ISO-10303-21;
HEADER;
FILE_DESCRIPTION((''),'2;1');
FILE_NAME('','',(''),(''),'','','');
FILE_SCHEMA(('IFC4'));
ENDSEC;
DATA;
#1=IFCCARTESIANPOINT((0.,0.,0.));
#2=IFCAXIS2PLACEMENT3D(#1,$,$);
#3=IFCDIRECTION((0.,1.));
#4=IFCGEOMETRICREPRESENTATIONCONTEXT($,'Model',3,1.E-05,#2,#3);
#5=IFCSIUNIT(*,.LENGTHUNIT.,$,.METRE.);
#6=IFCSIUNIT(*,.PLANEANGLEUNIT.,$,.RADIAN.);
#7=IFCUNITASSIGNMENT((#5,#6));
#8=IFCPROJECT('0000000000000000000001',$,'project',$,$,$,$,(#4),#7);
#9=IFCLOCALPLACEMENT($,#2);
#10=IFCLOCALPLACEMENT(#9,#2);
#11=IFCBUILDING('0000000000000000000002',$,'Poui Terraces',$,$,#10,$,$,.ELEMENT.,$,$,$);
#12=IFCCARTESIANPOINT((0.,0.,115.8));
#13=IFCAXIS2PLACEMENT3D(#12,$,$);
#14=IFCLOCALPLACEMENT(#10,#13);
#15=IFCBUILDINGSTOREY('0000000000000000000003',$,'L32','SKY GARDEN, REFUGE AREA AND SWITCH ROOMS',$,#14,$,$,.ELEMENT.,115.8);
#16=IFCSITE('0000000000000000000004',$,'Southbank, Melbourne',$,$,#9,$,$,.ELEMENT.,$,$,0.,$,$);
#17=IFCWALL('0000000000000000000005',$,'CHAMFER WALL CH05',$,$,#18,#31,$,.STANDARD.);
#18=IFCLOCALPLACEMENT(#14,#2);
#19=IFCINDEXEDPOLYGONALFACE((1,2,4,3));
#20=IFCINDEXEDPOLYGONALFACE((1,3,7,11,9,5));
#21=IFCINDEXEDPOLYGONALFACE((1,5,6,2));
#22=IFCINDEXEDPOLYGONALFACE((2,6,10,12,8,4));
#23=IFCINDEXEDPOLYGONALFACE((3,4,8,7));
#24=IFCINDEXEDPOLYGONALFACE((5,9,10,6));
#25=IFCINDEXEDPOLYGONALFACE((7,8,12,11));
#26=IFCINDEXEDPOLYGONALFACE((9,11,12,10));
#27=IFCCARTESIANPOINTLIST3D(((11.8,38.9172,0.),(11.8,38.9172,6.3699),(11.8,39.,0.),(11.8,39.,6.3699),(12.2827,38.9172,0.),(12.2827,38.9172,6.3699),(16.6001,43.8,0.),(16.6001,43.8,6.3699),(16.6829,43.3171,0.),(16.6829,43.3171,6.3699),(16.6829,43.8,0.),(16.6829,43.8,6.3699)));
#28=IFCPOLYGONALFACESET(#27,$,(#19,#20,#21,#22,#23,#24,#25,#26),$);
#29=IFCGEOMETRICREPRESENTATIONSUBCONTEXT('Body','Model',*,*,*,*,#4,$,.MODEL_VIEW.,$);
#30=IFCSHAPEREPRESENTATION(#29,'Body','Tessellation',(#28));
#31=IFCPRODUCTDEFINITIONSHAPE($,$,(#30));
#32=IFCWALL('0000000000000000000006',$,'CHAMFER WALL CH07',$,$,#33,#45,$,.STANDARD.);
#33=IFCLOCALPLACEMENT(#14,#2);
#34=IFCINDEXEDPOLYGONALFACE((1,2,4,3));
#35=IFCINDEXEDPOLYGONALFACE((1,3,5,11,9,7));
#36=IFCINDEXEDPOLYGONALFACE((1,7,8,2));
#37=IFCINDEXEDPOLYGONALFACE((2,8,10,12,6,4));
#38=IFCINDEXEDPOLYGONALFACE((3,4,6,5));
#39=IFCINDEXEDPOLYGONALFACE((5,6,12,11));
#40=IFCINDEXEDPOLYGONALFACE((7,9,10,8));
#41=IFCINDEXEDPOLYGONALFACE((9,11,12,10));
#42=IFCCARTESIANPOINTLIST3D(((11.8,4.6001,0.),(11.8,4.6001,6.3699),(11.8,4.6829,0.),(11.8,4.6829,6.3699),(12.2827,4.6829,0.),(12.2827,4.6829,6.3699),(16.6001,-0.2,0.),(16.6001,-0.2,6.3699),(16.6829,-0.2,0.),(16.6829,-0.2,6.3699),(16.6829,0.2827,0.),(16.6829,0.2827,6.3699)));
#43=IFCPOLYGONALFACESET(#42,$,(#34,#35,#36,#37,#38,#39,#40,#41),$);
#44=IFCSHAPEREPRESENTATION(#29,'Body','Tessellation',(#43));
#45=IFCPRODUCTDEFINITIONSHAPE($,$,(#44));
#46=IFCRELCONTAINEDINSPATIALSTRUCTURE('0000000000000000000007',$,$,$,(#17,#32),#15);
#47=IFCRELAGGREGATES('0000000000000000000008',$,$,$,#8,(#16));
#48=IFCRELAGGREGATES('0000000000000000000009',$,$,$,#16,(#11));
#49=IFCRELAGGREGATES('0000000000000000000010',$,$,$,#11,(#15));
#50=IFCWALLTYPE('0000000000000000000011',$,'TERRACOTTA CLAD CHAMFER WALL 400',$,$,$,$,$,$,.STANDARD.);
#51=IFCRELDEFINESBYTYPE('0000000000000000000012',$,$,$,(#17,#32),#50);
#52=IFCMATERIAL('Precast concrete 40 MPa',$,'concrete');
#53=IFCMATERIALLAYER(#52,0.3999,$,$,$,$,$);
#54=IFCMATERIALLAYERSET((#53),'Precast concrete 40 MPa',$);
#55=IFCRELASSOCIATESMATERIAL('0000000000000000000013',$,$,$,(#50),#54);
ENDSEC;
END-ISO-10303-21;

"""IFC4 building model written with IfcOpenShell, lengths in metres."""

from ifc_helpers import new_model, si_unit, direction, frame, origin, place, context, subcontext, project, spatial, polyline, outline, extrude, material, layer, layer_set, type_object, element, save


model = new_model("IFC4")

# Units and contexts
model_context = context("Model", 3, precision=1e-05, world=origin(), true_north=direction((0.0, 1.0)))
body_context = subcontext(model_context, "Body", "Model", "MODEL_VIEW")
ifc_project = project(units=[si_unit("LENGTHUNIT", "METRE"), si_unit("PLANEANGLEUNIT", "RADIAN")], contexts=[model_context])

# Site, building, storey
site_placement = place(None, origin())
site = spatial("IfcSite", under=ifc_project, at=site_placement, Name="Southbank, Melbourne", CompositionType="ELEMENT", RefElevation=0.0)
building_placement = place(site_placement, origin())
building = spatial("IfcBuilding", under=site, at=building_placement, Name="Poui Terraces", CompositionType="ELEMENT")
storey_placement = place(building_placement, frame((0.0, 0.0, 115.8)))
storey = spatial("IfcBuildingStorey", under=building, at=storey_placement, Name="L32", Description="SKY GARDEN, REFUGE AREA AND SWITCH ROOMS", CompositionType="ELEMENT", Elevation=115.8)

# Walls
ifc_material_1 = material(Name="Precast concrete 40 MPa", Category="concrete")
ifc_layer_1 = layer(ifc_material_1, 0.3999)
ifc_layer_set_1 = layer_set([ifc_layer_1], Name="Precast concrete 40 MPa")
wall_type = type_object("IfcWallType", Name="TERRACOTTA CLAD CHAMFER WALL 400", PredefinedType="STANDARD", material=ifc_layer_set_1)
wall_1_placement = place(storey_placement, origin())
element("IfcWall", 1, at=wall_1_placement, inside=storey, type_object=wall_type, Name="CHAMFER WALL CH05", PredefinedType="STANDARD", context=body_context, shape_type="SweptSolid", body=[
    extrude(outline(polyline([(16.6829, 43.8), (16.6001, 43.8), (11.8, 39.0), (11.8, 38.9172), (12.2827, 38.9172), (16.6829, 43.3171), (16.6829, 43.8)])), origin(), (0.0, 0.0, 1.0), 6.3699),
])
wall_2_placement = place(storey_placement, origin())
element("IfcWall", 2, at=wall_2_placement, inside=storey, type_object=wall_type, Name="CHAMFER WALL CH07", PredefinedType="STANDARD", context=body_context, shape_type="SweptSolid", body=[
    extrude(outline(polyline([(11.8, 4.6829), (11.8, 4.6001), (16.6001, -0.2), (16.6829, -0.2), (16.6829, 0.2827), (12.2827, 4.6829), (11.8, 4.6829)])), origin(), (0.0, 0.0, 1.0), 6.3699),
])

save(model, "model.ifc")
